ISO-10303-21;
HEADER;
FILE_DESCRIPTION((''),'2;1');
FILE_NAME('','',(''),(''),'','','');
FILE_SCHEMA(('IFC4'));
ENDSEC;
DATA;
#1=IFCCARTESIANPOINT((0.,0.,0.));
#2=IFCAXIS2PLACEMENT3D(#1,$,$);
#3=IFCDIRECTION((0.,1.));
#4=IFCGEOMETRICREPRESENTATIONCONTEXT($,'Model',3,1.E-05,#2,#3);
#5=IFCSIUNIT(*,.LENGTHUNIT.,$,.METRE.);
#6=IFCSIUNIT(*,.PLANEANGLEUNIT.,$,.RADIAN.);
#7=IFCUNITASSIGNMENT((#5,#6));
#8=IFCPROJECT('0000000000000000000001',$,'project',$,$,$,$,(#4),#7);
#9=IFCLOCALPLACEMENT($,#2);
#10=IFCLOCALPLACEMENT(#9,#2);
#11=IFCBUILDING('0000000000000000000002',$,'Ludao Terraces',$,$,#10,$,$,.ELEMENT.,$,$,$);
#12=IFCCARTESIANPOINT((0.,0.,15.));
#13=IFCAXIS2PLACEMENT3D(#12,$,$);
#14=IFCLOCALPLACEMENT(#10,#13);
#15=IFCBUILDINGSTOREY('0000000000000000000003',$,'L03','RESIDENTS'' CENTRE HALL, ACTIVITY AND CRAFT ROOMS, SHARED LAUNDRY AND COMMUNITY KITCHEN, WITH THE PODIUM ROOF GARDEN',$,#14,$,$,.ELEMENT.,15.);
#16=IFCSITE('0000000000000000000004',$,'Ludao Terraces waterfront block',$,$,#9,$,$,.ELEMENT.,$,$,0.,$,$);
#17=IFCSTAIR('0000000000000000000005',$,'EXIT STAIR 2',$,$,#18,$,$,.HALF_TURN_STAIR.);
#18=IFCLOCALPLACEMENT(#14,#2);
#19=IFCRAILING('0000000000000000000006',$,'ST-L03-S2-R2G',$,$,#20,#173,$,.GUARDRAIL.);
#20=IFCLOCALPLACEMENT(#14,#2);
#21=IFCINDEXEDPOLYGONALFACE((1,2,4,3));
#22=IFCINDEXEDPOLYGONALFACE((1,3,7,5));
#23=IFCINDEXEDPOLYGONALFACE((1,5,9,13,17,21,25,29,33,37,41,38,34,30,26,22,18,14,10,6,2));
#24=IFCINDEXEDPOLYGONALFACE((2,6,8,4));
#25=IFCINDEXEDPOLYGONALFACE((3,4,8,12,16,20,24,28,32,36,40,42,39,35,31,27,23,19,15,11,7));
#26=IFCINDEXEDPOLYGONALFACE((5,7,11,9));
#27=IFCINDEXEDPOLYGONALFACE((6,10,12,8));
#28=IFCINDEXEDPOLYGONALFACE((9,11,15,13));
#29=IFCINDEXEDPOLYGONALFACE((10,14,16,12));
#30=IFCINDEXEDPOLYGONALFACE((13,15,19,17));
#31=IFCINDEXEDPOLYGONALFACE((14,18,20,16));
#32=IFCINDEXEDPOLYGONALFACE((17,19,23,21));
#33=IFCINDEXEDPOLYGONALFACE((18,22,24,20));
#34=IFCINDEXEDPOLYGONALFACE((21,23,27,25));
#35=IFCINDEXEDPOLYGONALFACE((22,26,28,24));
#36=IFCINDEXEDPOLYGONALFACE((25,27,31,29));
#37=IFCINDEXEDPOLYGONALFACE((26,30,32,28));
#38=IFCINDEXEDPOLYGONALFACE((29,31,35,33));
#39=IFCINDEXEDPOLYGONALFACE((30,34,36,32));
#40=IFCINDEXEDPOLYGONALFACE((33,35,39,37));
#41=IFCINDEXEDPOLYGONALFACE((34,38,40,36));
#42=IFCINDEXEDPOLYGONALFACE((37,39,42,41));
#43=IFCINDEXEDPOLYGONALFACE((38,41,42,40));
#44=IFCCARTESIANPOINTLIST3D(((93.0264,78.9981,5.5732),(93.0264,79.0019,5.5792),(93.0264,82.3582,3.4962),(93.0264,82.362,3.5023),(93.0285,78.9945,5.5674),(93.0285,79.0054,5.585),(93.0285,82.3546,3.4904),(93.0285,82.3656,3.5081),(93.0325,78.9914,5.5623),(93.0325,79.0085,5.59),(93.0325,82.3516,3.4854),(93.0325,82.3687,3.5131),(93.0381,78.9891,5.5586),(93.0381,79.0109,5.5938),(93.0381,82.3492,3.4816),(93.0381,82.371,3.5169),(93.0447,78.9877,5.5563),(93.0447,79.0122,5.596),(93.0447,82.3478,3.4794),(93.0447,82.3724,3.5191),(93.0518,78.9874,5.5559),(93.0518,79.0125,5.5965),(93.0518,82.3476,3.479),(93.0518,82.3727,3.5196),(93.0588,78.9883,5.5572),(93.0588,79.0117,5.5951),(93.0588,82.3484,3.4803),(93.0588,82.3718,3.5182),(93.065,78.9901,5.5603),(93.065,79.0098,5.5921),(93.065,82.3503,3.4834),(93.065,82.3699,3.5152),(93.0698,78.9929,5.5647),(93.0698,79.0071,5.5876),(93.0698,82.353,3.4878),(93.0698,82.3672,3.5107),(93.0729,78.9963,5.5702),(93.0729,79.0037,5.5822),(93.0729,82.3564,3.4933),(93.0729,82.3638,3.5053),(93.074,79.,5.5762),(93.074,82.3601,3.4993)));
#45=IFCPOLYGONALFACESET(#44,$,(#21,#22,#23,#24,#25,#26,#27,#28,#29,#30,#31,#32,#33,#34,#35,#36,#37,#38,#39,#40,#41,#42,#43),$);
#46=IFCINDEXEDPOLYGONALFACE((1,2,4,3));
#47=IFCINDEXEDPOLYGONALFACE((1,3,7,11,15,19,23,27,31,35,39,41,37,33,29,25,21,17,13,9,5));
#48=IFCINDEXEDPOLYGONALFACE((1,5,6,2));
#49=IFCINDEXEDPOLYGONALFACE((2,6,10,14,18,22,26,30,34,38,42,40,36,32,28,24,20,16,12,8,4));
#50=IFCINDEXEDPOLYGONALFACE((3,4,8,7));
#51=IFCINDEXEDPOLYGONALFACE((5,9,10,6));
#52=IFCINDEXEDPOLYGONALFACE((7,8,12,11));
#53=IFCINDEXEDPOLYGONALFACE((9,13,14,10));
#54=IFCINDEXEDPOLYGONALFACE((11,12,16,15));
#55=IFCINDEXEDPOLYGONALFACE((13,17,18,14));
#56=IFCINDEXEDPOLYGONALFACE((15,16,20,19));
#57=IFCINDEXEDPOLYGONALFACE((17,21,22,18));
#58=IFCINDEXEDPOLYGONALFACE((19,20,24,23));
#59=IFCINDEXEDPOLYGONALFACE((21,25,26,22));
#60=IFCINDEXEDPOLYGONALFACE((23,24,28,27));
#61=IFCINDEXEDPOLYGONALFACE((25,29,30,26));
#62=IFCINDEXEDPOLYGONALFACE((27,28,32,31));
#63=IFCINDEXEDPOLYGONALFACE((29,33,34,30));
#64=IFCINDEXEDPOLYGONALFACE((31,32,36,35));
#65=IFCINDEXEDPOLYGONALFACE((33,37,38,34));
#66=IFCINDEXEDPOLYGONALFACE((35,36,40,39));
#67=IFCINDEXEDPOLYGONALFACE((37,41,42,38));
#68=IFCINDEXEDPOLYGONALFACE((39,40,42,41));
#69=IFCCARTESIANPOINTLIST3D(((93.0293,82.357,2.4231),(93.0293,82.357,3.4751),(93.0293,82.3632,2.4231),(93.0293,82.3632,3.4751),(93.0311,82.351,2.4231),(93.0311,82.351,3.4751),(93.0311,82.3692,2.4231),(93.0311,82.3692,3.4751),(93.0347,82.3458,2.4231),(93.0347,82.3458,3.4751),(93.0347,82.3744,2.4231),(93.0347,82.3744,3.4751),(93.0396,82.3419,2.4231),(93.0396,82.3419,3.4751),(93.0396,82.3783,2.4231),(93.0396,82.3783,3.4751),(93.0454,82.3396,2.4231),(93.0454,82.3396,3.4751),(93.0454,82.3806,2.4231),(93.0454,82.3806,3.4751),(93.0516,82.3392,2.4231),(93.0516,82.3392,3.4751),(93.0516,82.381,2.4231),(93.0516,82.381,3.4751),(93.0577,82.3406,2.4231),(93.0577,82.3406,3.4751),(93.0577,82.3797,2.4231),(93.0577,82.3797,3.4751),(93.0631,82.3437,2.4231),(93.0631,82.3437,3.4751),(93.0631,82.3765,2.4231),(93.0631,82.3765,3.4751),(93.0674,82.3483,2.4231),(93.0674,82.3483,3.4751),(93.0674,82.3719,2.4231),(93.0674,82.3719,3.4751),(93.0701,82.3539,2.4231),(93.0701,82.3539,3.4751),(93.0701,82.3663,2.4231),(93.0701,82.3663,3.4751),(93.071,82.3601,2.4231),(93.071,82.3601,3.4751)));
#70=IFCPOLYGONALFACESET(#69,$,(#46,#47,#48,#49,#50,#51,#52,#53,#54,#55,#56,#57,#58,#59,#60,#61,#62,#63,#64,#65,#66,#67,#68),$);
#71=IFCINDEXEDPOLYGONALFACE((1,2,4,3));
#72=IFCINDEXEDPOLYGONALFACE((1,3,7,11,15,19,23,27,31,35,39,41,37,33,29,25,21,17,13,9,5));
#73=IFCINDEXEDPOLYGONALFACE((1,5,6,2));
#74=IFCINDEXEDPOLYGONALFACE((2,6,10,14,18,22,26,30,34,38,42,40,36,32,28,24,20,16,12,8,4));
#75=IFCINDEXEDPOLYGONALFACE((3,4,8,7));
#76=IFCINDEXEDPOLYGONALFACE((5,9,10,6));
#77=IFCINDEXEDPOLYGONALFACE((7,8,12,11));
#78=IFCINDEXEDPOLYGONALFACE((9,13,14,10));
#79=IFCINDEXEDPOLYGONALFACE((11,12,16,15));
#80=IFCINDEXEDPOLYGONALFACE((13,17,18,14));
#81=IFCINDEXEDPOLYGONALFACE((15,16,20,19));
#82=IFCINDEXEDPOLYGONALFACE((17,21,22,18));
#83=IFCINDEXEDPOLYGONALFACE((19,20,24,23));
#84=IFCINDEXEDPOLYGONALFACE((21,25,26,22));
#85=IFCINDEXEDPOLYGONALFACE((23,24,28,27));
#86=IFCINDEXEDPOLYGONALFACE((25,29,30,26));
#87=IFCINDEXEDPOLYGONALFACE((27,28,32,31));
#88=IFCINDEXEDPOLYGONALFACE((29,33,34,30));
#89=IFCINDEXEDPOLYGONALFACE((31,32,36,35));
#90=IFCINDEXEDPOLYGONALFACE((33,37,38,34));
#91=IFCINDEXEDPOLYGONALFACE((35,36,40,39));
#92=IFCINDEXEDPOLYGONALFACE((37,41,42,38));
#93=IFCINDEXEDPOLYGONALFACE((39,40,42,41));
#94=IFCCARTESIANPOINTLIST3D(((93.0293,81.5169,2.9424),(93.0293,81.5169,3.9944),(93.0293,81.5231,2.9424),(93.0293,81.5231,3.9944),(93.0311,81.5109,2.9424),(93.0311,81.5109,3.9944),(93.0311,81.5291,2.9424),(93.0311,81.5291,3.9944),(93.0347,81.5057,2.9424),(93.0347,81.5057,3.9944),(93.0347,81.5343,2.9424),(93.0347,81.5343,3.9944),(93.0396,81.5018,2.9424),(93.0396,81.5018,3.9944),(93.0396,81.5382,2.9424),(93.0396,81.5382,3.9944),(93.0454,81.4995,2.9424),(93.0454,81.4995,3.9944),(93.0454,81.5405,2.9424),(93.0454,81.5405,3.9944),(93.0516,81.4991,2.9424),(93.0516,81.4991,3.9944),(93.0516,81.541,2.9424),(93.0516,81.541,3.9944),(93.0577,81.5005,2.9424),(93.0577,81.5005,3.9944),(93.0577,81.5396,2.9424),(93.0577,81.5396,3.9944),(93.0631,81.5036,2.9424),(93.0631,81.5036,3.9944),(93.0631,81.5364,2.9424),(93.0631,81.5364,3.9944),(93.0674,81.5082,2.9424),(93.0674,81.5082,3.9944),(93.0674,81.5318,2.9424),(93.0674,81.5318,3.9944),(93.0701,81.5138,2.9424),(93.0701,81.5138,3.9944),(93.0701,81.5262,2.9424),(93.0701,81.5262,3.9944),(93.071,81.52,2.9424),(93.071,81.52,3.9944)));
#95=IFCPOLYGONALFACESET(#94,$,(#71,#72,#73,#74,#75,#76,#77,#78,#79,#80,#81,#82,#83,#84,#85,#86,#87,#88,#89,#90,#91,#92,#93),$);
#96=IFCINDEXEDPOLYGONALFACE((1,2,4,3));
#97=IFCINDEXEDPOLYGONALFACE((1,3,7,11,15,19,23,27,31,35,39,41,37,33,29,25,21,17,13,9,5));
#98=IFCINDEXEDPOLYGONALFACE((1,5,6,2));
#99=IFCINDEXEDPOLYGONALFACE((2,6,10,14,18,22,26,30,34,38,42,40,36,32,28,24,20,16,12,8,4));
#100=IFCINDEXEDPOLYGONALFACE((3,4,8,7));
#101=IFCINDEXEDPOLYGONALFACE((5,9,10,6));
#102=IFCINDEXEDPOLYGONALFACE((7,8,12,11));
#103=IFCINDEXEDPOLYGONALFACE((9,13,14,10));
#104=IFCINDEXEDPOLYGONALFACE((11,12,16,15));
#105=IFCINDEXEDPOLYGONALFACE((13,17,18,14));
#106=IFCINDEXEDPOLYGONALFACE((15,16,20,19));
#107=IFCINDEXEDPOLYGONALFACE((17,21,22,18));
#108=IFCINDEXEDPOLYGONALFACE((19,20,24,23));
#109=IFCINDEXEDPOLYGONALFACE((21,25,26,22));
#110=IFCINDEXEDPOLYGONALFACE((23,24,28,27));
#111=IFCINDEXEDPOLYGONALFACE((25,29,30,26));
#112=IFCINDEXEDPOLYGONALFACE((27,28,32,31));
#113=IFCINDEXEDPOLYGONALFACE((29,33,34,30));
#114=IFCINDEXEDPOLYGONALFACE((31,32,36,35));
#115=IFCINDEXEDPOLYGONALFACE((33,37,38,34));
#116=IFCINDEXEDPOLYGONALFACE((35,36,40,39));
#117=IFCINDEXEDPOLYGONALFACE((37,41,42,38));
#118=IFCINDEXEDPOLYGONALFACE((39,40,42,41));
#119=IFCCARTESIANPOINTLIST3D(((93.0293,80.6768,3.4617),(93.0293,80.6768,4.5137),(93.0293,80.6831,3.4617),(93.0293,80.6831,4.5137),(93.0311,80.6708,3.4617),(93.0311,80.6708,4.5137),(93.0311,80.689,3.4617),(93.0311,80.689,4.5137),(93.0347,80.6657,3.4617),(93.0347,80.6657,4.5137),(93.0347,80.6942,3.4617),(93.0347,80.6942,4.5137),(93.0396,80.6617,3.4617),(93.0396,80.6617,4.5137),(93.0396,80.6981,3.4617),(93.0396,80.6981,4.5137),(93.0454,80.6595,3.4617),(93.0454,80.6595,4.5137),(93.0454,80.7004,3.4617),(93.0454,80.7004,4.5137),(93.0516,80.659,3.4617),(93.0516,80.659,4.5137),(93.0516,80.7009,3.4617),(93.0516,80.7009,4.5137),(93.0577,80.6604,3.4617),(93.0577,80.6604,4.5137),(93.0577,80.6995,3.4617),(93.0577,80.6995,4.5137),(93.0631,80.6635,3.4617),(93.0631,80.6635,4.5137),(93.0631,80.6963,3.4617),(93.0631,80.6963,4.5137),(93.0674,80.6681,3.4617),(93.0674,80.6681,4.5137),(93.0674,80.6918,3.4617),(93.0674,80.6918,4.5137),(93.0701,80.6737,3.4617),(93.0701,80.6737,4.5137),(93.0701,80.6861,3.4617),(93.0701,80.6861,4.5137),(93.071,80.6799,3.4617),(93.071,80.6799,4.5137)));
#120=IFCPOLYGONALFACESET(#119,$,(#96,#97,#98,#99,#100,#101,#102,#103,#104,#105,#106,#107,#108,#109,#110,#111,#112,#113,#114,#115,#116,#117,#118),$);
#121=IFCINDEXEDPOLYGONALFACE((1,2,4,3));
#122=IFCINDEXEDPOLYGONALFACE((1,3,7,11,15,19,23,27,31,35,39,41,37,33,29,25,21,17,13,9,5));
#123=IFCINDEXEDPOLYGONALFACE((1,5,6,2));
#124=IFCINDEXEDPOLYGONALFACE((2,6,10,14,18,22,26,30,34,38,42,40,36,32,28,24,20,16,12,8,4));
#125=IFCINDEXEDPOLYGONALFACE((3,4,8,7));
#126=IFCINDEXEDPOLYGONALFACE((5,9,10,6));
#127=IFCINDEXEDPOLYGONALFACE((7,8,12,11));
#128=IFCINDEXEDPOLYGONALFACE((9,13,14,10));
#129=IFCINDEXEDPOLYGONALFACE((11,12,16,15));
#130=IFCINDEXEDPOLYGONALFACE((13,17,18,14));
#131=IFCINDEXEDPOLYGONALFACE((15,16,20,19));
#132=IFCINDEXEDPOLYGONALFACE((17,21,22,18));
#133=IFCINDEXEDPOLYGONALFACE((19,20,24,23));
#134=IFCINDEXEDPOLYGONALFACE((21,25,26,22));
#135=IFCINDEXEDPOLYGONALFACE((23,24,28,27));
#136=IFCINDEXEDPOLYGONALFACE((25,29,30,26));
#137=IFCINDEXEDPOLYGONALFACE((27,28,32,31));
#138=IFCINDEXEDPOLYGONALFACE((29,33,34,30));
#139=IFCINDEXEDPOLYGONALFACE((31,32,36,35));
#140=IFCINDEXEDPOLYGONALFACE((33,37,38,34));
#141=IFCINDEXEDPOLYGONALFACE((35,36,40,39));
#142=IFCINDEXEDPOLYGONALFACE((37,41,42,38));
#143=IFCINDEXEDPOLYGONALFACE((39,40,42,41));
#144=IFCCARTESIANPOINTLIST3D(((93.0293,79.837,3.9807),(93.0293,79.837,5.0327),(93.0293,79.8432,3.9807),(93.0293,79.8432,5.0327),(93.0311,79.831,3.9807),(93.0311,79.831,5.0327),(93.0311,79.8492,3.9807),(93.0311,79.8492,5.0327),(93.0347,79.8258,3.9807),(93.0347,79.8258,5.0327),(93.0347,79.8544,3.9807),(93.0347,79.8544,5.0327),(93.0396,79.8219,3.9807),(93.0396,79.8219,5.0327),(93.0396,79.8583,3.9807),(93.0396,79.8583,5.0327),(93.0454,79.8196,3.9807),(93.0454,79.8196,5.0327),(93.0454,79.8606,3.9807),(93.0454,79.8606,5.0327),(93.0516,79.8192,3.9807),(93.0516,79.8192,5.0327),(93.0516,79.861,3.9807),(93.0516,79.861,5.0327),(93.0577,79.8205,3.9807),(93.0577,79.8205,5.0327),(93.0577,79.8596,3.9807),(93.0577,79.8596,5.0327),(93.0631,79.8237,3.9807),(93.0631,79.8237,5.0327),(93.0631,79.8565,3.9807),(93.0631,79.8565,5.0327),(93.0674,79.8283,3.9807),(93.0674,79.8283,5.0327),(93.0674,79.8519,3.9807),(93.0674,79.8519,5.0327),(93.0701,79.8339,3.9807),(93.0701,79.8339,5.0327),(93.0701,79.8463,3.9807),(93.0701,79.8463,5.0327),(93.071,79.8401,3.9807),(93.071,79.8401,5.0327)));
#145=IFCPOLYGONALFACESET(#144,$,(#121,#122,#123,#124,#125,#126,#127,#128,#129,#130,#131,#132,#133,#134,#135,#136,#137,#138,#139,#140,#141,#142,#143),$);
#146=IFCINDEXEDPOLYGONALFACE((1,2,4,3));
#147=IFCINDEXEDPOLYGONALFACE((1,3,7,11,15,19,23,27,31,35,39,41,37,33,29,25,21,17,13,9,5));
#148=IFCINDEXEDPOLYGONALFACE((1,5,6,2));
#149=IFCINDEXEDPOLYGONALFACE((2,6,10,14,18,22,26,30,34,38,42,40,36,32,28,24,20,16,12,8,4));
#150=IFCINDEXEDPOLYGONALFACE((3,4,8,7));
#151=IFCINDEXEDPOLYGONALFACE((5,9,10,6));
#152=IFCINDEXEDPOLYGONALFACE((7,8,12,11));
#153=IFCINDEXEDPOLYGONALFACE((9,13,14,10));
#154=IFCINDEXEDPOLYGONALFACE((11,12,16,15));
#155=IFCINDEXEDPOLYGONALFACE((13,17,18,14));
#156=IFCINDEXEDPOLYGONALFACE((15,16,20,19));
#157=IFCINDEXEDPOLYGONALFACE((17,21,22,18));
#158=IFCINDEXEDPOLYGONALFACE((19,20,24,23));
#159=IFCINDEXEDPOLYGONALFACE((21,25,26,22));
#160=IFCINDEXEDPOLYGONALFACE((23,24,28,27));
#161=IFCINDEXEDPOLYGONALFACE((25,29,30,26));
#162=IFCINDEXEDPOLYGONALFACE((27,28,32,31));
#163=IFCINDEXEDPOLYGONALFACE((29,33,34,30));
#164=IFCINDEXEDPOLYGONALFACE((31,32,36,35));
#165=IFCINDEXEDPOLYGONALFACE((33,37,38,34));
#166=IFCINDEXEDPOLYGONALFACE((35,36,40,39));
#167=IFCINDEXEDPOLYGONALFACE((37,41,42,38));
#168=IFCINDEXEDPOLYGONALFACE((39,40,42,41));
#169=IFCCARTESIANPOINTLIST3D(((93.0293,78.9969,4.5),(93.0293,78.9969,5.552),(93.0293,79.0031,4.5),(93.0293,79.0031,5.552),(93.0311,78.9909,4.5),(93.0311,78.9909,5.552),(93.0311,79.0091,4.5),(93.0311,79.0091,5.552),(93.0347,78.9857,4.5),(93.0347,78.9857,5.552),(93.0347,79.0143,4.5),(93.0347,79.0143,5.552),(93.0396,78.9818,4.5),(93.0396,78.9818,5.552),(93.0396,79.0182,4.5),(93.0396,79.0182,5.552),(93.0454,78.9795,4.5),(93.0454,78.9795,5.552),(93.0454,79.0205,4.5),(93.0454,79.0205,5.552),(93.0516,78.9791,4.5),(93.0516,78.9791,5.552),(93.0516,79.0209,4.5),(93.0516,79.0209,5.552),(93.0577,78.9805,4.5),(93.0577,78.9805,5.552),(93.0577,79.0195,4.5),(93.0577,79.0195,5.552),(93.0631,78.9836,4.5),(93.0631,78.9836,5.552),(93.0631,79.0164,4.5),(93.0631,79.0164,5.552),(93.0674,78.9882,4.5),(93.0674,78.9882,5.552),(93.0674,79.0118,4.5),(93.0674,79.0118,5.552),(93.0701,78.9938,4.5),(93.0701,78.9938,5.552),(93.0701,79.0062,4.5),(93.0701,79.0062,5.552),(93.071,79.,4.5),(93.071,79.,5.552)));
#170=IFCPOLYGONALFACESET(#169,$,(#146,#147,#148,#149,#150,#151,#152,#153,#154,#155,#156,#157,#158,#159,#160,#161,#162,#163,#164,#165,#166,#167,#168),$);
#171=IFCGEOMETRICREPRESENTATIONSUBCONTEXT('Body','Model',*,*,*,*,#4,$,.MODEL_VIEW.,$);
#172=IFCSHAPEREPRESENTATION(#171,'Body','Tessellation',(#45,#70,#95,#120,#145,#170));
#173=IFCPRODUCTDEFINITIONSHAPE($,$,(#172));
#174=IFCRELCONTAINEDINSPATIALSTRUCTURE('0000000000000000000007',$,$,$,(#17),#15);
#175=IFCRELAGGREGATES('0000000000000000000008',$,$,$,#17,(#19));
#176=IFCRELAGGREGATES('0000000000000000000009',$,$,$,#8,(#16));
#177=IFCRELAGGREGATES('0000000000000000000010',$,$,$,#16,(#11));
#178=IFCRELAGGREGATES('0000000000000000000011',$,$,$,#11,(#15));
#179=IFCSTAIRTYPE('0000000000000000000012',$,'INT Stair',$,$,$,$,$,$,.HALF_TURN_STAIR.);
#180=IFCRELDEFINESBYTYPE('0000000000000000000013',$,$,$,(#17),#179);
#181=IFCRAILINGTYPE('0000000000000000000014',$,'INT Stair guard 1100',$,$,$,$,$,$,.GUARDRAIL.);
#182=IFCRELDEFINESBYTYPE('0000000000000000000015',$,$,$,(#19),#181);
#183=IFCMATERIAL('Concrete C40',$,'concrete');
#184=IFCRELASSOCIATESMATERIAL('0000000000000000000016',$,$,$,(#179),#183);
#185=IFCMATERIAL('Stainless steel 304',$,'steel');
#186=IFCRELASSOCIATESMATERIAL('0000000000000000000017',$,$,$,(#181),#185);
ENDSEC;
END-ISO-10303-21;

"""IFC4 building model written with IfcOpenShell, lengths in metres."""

from ifc_helpers import new_model, si_unit, direction, frame, origin, origin_2d, place, context, subcontext, project, spatial, circle, extrude, material, type_object, element, aggregate, save


model = new_model("IFC4")

# Units and contexts
model_context = context("Model", 3, precision=1e-05, world=origin(), true_north=direction((0.0, 1.0)))
body_context = subcontext(model_context, "Body", "Model", "MODEL_VIEW")
ifc_project = project(units=[si_unit("LENGTHUNIT", "METRE"), si_unit("PLANEANGLEUNIT", "RADIAN")], contexts=[model_context])

# Site, building, storey
site_placement = place(None, origin())
site = spatial("IfcSite", under=ifc_project, at=site_placement, Name="Ludao Terraces waterfront block", CompositionType="ELEMENT", RefElevation=0.0)
building_placement = place(site_placement, origin())
building = spatial("IfcBuilding", under=site, at=building_placement, Name="Ludao Terraces", CompositionType="ELEMENT")
storey_placement = place(building_placement, frame((0.0, 0.0, 15.0)))
storey = spatial("IfcBuildingStorey", under=building, at=storey_placement, Name="L03", Description="RESIDENTS' CENTRE HALL, ACTIVITY AND CRAFT ROOMS, SHARED LAUNDRY AND COMMUNITY KITCHEN, WITH THE PODIUM ROOF GARDEN", CompositionType="ELEMENT", Elevation=15.0)

# Stair, railing
ifc_material_1 = material(Name="Concrete C40", Category="concrete")
stair_type = type_object("IfcStairType", Name="INT Stair", PredefinedType="HALF_TURN_STAIR", material=ifc_material_1)
stair_placement = place(storey_placement, origin())
stair = element("IfcStair", 1, at=stair_placement, inside=storey, type_object=stair_type, Name="EXIT STAIR 2", PredefinedType="HALF_TURN_STAIR")
ifc_material_2 = material(Name="Stainless steel 304", Category="steel")
railing_type_1 = type_object("IfcRailingType", Name="INT Stair guard 1100", PredefinedType="GUARDRAIL", material=ifc_material_2)
railing_1_placement = place(storey_placement, frame((93.05, 82.3601, 2.4231)))
railing_1 = element("IfcRailing", 2, at=railing_1_placement, type_object=railing_type_1, Name="ST-L03-S2-R2G", PredefinedType="GUARDRAIL", context=body_context, shape_type="SweptSolid", body=[
    extrude(circle(Radius=0.0239, at=origin_2d()), frame((0.0, 0.0, 1.0762), z_axis=(0.0, -0.850623, 0.525776), x_axis=(1.0, 0.0, 0.0)), (0.0, 0.0, 1.0), 3.9502),
    extrude(circle(Radius=0.021, at=origin_2d()), origin(), (0.0, 0.0, 1.0), 1.052),
    extrude(circle(Radius=0.021, at=origin_2d()), frame((0.0, -0.8401, 0.5193)), (0.0, 0.0, 1.0), 1.052),
    extrude(circle(Radius=0.021, at=origin_2d()), frame((0.0, -1.6802, 1.0386)), (0.0, 0.0, 1.0), 1.052),
    extrude(circle(Radius=0.021, at=origin_2d()), frame((0.0, -2.52, 1.5576)), (0.0, 0.0, 1.0), 1.052),
    extrude(circle(Radius=0.021, at=origin_2d()), frame((0.0, -3.3601, 2.0769)), (0.0, 0.0, 1.0), 1.052),
])
aggregate(stair, [railing_1])

save(model, "model.ifc")
